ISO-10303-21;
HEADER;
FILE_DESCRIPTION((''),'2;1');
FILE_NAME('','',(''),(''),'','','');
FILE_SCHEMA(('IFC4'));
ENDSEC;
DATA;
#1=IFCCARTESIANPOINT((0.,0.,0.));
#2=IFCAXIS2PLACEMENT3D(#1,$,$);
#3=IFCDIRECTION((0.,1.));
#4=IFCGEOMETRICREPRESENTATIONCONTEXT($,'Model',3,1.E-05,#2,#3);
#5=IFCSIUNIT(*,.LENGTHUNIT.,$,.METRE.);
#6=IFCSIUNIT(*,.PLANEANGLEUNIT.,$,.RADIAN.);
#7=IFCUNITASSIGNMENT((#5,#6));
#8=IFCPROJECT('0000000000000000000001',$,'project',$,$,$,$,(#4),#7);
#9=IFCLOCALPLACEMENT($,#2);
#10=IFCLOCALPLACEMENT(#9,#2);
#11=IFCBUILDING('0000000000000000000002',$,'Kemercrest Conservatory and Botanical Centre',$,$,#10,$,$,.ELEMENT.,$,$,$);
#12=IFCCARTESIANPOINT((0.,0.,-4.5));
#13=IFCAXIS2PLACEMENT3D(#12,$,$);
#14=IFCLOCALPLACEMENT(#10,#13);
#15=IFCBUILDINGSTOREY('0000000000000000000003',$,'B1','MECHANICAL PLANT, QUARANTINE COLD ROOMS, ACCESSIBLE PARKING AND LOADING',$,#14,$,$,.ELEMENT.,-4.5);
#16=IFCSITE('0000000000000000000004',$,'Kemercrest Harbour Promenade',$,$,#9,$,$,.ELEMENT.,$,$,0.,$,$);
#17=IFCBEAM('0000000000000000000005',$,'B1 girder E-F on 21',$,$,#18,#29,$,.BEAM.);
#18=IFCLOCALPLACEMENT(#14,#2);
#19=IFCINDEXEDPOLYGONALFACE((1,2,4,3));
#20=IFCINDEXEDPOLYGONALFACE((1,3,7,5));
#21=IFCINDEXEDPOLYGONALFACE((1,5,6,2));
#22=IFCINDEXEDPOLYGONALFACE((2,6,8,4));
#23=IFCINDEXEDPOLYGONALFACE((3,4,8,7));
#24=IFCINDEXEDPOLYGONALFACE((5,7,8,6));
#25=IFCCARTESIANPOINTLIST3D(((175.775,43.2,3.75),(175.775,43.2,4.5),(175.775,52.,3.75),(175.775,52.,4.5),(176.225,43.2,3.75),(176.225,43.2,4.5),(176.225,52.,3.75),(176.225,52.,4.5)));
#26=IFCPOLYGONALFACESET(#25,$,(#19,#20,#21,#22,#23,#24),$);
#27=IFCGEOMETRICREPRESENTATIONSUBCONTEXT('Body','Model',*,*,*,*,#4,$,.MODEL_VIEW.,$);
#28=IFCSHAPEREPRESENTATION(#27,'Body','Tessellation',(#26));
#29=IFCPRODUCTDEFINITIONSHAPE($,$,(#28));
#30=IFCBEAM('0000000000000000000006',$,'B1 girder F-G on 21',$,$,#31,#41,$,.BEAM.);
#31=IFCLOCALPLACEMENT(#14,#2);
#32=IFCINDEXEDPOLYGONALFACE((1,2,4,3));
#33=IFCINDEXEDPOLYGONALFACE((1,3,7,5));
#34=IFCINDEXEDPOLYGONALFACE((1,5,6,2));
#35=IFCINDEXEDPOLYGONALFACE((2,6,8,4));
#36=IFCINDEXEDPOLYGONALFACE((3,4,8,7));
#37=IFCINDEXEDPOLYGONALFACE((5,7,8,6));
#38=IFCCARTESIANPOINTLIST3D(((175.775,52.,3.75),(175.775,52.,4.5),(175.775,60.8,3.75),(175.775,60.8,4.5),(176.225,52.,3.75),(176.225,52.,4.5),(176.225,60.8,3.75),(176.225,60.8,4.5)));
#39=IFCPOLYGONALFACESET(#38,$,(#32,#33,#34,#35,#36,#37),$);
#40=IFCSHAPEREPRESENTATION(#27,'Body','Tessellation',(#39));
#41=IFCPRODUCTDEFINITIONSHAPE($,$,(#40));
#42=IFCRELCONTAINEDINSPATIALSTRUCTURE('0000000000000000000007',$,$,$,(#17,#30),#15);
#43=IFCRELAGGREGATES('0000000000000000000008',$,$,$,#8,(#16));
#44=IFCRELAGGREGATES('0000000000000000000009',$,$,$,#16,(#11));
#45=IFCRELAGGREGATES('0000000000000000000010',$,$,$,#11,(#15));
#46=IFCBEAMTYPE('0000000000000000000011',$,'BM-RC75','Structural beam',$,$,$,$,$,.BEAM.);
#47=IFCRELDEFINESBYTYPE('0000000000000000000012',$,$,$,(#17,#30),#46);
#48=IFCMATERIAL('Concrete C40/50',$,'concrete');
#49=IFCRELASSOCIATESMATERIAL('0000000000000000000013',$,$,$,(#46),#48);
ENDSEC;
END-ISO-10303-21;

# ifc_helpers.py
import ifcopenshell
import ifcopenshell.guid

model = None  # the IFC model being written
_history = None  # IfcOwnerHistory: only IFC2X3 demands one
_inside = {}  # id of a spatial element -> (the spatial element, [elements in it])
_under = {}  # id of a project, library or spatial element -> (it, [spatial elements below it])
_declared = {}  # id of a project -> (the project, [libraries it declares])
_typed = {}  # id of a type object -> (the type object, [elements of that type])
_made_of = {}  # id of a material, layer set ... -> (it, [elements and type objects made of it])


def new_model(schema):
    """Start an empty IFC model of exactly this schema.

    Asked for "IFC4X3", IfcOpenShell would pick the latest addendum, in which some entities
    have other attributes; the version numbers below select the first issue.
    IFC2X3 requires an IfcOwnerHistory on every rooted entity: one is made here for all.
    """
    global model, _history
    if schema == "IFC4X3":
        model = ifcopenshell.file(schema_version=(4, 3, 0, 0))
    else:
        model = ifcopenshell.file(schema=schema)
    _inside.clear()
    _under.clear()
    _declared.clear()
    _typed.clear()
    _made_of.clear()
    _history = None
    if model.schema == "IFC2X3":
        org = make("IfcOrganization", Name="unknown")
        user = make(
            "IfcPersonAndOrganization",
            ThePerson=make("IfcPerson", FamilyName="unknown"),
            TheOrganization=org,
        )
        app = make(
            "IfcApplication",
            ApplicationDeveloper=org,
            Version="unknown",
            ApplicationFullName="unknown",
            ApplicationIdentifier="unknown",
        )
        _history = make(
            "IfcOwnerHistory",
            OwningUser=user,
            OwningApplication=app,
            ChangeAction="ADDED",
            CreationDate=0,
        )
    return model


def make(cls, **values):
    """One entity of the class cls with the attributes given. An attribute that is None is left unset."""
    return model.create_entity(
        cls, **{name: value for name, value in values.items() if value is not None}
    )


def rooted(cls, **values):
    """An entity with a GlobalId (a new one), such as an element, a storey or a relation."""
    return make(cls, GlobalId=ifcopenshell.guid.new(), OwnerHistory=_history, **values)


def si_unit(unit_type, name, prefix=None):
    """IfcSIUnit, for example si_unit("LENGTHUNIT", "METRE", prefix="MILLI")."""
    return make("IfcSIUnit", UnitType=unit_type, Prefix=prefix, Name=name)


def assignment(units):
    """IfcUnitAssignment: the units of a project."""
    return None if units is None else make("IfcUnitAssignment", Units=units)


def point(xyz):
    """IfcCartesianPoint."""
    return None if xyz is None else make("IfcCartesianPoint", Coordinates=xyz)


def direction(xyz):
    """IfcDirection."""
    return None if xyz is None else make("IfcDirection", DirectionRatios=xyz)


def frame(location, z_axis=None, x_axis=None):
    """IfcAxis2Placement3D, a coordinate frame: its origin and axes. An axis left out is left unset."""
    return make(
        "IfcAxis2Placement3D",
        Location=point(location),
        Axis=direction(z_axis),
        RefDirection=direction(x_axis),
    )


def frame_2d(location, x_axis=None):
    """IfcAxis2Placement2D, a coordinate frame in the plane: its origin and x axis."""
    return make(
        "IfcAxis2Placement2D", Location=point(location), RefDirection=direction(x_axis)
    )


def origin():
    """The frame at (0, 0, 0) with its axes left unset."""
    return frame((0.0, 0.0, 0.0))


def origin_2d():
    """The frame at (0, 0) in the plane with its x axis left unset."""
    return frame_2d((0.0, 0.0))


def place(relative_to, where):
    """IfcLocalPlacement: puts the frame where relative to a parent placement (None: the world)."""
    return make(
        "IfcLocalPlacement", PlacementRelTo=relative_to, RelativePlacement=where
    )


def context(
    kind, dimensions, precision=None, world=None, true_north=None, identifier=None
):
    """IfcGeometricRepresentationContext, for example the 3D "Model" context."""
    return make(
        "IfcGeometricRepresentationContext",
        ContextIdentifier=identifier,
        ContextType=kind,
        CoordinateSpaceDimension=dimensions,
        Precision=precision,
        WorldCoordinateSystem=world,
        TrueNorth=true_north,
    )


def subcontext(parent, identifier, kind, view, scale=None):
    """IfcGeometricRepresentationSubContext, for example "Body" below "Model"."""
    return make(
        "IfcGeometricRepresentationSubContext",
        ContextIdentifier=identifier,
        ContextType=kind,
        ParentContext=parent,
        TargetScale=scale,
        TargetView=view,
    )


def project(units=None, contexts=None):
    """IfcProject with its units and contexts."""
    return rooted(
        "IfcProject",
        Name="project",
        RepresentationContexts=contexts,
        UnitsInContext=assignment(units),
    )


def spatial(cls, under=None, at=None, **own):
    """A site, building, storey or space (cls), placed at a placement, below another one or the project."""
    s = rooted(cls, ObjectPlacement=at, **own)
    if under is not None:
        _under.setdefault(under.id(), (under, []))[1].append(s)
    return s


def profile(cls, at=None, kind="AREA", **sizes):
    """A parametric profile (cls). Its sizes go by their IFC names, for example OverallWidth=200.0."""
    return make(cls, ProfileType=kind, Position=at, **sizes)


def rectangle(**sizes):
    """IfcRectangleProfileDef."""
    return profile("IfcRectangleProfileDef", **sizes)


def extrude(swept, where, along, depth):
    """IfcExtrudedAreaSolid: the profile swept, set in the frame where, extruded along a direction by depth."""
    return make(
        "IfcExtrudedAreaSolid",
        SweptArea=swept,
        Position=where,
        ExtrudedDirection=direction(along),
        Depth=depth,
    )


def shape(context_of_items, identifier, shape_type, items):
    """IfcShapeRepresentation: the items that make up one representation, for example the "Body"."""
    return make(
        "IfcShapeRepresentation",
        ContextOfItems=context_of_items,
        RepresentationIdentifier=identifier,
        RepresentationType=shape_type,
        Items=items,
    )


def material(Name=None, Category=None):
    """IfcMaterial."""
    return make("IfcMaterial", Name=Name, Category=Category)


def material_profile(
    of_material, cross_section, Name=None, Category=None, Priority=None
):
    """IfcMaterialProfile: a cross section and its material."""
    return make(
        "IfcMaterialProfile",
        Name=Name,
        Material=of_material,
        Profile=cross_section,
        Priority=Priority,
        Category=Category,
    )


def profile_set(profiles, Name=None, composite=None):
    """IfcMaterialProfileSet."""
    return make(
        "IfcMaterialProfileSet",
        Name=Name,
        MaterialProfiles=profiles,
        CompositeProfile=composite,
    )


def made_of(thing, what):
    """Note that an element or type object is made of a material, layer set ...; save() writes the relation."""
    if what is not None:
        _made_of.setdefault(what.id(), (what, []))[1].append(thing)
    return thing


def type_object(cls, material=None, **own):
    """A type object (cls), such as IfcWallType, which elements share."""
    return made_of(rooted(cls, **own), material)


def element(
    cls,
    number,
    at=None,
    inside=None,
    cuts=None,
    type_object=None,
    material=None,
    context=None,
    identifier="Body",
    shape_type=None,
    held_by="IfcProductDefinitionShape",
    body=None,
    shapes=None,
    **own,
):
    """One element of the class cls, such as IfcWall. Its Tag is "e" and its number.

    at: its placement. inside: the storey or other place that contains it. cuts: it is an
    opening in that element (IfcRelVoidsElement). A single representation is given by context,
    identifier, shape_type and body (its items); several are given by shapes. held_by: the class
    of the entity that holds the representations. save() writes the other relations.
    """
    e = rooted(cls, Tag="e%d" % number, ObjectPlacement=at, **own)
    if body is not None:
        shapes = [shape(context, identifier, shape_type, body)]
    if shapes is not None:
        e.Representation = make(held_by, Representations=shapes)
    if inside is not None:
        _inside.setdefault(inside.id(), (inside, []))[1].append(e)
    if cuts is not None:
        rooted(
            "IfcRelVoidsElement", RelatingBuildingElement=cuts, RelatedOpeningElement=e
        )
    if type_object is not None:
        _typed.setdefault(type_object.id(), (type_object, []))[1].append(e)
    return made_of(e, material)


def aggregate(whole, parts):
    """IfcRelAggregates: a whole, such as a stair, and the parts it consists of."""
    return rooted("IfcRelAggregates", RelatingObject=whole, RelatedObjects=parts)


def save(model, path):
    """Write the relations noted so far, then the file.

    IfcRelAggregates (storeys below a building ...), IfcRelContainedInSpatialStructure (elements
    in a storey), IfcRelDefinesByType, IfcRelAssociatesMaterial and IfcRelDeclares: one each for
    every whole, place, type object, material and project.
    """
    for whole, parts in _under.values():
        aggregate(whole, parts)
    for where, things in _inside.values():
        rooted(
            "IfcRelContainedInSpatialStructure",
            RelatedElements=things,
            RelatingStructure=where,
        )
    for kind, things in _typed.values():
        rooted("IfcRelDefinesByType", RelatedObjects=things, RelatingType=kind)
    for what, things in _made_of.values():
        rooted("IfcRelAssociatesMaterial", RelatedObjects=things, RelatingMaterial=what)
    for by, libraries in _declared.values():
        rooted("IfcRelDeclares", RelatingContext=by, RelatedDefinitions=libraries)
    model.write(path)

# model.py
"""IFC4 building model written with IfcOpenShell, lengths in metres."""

from ifc_helpers import new_model, si_unit, direction, frame, origin, origin_2d, place, context, subcontext, project, spatial, rectangle, extrude, material, material_profile, profile_set, type_object, element, save


model = new_model("IFC4")

# Units and contexts
model_context = context("Model", 3, precision=1e-05, world=origin(), true_north=direction((0.0, 1.0)))
body_context = subcontext(model_context, "Body", "Model", "MODEL_VIEW")
ifc_project = project(units=[si_unit("LENGTHUNIT", "METRE"), si_unit("PLANEANGLEUNIT", "RADIAN")], contexts=[model_context])

# Site, building, storey
site_placement = place(None, origin())
site = spatial("IfcSite", under=ifc_project, at=site_placement, Name="Kemercrest Harbour Promenade", CompositionType="ELEMENT", RefElevation=0.0)
building_placement = place(site_placement, origin())
building = spatial("IfcBuilding", under=site, at=building_placement, Name="Kemercrest Conservatory and Botanical Centre", CompositionType="ELEMENT")
storey_placement = place(building_placement, frame((0.0, 0.0, -4.5)))
storey = spatial("IfcBuildingStorey", under=building, at=storey_placement, Name="B1", Description="MECHANICAL PLANT, QUARANTINE COLD ROOMS, ACCESSIBLE PARKING AND LOADING", CompositionType="ELEMENT", Elevation=-4.5)

# Shared definitions
ifc_material_1 = material(Name="Concrete C40/50", Category="concrete")

# Beams
ifc_material_profile_1 = material_profile(ifc_material_1, rectangle(XDim=0.45, YDim=0.75, at=origin_2d()), Name="RC 450x750")
ifc_profile_set_1 = profile_set([ifc_material_profile_1], Name="Concrete C40/50")
beam_type = type_object("IfcBeamType", Name="BM-RC75", Description="Structural beam", PredefinedType="BEAM", material=ifc_profile_set_1)
for number, where, z_axis, x_axis, name in (
    (1, (176.0, 43.2, 4.125), (0.0, 1.0, 0.0), (-1.0, 0.0, 0.0), "B1 girder E-F on 21"),
    (2, (176.0, 52.0, 4.125), (0.0, 1.0, 0.0), (-1.0, 0.0, 0.0), "B1 girder F-G on 21"),
):
    element("IfcBeam", number, at=place(storey_placement, frame(where, z_axis=z_axis, x_axis=x_axis)), inside=storey, type_object=beam_type, Name=name, PredefinedType="BEAM", context=body_context, shape_type="SweptSolid", body=[
        extrude(rectangle(XDim=0.45, YDim=0.75, at=origin_2d()), origin(), (0.0, 0.0, 1.0), 8.8),
    ])

save(model, "model.ifc")
